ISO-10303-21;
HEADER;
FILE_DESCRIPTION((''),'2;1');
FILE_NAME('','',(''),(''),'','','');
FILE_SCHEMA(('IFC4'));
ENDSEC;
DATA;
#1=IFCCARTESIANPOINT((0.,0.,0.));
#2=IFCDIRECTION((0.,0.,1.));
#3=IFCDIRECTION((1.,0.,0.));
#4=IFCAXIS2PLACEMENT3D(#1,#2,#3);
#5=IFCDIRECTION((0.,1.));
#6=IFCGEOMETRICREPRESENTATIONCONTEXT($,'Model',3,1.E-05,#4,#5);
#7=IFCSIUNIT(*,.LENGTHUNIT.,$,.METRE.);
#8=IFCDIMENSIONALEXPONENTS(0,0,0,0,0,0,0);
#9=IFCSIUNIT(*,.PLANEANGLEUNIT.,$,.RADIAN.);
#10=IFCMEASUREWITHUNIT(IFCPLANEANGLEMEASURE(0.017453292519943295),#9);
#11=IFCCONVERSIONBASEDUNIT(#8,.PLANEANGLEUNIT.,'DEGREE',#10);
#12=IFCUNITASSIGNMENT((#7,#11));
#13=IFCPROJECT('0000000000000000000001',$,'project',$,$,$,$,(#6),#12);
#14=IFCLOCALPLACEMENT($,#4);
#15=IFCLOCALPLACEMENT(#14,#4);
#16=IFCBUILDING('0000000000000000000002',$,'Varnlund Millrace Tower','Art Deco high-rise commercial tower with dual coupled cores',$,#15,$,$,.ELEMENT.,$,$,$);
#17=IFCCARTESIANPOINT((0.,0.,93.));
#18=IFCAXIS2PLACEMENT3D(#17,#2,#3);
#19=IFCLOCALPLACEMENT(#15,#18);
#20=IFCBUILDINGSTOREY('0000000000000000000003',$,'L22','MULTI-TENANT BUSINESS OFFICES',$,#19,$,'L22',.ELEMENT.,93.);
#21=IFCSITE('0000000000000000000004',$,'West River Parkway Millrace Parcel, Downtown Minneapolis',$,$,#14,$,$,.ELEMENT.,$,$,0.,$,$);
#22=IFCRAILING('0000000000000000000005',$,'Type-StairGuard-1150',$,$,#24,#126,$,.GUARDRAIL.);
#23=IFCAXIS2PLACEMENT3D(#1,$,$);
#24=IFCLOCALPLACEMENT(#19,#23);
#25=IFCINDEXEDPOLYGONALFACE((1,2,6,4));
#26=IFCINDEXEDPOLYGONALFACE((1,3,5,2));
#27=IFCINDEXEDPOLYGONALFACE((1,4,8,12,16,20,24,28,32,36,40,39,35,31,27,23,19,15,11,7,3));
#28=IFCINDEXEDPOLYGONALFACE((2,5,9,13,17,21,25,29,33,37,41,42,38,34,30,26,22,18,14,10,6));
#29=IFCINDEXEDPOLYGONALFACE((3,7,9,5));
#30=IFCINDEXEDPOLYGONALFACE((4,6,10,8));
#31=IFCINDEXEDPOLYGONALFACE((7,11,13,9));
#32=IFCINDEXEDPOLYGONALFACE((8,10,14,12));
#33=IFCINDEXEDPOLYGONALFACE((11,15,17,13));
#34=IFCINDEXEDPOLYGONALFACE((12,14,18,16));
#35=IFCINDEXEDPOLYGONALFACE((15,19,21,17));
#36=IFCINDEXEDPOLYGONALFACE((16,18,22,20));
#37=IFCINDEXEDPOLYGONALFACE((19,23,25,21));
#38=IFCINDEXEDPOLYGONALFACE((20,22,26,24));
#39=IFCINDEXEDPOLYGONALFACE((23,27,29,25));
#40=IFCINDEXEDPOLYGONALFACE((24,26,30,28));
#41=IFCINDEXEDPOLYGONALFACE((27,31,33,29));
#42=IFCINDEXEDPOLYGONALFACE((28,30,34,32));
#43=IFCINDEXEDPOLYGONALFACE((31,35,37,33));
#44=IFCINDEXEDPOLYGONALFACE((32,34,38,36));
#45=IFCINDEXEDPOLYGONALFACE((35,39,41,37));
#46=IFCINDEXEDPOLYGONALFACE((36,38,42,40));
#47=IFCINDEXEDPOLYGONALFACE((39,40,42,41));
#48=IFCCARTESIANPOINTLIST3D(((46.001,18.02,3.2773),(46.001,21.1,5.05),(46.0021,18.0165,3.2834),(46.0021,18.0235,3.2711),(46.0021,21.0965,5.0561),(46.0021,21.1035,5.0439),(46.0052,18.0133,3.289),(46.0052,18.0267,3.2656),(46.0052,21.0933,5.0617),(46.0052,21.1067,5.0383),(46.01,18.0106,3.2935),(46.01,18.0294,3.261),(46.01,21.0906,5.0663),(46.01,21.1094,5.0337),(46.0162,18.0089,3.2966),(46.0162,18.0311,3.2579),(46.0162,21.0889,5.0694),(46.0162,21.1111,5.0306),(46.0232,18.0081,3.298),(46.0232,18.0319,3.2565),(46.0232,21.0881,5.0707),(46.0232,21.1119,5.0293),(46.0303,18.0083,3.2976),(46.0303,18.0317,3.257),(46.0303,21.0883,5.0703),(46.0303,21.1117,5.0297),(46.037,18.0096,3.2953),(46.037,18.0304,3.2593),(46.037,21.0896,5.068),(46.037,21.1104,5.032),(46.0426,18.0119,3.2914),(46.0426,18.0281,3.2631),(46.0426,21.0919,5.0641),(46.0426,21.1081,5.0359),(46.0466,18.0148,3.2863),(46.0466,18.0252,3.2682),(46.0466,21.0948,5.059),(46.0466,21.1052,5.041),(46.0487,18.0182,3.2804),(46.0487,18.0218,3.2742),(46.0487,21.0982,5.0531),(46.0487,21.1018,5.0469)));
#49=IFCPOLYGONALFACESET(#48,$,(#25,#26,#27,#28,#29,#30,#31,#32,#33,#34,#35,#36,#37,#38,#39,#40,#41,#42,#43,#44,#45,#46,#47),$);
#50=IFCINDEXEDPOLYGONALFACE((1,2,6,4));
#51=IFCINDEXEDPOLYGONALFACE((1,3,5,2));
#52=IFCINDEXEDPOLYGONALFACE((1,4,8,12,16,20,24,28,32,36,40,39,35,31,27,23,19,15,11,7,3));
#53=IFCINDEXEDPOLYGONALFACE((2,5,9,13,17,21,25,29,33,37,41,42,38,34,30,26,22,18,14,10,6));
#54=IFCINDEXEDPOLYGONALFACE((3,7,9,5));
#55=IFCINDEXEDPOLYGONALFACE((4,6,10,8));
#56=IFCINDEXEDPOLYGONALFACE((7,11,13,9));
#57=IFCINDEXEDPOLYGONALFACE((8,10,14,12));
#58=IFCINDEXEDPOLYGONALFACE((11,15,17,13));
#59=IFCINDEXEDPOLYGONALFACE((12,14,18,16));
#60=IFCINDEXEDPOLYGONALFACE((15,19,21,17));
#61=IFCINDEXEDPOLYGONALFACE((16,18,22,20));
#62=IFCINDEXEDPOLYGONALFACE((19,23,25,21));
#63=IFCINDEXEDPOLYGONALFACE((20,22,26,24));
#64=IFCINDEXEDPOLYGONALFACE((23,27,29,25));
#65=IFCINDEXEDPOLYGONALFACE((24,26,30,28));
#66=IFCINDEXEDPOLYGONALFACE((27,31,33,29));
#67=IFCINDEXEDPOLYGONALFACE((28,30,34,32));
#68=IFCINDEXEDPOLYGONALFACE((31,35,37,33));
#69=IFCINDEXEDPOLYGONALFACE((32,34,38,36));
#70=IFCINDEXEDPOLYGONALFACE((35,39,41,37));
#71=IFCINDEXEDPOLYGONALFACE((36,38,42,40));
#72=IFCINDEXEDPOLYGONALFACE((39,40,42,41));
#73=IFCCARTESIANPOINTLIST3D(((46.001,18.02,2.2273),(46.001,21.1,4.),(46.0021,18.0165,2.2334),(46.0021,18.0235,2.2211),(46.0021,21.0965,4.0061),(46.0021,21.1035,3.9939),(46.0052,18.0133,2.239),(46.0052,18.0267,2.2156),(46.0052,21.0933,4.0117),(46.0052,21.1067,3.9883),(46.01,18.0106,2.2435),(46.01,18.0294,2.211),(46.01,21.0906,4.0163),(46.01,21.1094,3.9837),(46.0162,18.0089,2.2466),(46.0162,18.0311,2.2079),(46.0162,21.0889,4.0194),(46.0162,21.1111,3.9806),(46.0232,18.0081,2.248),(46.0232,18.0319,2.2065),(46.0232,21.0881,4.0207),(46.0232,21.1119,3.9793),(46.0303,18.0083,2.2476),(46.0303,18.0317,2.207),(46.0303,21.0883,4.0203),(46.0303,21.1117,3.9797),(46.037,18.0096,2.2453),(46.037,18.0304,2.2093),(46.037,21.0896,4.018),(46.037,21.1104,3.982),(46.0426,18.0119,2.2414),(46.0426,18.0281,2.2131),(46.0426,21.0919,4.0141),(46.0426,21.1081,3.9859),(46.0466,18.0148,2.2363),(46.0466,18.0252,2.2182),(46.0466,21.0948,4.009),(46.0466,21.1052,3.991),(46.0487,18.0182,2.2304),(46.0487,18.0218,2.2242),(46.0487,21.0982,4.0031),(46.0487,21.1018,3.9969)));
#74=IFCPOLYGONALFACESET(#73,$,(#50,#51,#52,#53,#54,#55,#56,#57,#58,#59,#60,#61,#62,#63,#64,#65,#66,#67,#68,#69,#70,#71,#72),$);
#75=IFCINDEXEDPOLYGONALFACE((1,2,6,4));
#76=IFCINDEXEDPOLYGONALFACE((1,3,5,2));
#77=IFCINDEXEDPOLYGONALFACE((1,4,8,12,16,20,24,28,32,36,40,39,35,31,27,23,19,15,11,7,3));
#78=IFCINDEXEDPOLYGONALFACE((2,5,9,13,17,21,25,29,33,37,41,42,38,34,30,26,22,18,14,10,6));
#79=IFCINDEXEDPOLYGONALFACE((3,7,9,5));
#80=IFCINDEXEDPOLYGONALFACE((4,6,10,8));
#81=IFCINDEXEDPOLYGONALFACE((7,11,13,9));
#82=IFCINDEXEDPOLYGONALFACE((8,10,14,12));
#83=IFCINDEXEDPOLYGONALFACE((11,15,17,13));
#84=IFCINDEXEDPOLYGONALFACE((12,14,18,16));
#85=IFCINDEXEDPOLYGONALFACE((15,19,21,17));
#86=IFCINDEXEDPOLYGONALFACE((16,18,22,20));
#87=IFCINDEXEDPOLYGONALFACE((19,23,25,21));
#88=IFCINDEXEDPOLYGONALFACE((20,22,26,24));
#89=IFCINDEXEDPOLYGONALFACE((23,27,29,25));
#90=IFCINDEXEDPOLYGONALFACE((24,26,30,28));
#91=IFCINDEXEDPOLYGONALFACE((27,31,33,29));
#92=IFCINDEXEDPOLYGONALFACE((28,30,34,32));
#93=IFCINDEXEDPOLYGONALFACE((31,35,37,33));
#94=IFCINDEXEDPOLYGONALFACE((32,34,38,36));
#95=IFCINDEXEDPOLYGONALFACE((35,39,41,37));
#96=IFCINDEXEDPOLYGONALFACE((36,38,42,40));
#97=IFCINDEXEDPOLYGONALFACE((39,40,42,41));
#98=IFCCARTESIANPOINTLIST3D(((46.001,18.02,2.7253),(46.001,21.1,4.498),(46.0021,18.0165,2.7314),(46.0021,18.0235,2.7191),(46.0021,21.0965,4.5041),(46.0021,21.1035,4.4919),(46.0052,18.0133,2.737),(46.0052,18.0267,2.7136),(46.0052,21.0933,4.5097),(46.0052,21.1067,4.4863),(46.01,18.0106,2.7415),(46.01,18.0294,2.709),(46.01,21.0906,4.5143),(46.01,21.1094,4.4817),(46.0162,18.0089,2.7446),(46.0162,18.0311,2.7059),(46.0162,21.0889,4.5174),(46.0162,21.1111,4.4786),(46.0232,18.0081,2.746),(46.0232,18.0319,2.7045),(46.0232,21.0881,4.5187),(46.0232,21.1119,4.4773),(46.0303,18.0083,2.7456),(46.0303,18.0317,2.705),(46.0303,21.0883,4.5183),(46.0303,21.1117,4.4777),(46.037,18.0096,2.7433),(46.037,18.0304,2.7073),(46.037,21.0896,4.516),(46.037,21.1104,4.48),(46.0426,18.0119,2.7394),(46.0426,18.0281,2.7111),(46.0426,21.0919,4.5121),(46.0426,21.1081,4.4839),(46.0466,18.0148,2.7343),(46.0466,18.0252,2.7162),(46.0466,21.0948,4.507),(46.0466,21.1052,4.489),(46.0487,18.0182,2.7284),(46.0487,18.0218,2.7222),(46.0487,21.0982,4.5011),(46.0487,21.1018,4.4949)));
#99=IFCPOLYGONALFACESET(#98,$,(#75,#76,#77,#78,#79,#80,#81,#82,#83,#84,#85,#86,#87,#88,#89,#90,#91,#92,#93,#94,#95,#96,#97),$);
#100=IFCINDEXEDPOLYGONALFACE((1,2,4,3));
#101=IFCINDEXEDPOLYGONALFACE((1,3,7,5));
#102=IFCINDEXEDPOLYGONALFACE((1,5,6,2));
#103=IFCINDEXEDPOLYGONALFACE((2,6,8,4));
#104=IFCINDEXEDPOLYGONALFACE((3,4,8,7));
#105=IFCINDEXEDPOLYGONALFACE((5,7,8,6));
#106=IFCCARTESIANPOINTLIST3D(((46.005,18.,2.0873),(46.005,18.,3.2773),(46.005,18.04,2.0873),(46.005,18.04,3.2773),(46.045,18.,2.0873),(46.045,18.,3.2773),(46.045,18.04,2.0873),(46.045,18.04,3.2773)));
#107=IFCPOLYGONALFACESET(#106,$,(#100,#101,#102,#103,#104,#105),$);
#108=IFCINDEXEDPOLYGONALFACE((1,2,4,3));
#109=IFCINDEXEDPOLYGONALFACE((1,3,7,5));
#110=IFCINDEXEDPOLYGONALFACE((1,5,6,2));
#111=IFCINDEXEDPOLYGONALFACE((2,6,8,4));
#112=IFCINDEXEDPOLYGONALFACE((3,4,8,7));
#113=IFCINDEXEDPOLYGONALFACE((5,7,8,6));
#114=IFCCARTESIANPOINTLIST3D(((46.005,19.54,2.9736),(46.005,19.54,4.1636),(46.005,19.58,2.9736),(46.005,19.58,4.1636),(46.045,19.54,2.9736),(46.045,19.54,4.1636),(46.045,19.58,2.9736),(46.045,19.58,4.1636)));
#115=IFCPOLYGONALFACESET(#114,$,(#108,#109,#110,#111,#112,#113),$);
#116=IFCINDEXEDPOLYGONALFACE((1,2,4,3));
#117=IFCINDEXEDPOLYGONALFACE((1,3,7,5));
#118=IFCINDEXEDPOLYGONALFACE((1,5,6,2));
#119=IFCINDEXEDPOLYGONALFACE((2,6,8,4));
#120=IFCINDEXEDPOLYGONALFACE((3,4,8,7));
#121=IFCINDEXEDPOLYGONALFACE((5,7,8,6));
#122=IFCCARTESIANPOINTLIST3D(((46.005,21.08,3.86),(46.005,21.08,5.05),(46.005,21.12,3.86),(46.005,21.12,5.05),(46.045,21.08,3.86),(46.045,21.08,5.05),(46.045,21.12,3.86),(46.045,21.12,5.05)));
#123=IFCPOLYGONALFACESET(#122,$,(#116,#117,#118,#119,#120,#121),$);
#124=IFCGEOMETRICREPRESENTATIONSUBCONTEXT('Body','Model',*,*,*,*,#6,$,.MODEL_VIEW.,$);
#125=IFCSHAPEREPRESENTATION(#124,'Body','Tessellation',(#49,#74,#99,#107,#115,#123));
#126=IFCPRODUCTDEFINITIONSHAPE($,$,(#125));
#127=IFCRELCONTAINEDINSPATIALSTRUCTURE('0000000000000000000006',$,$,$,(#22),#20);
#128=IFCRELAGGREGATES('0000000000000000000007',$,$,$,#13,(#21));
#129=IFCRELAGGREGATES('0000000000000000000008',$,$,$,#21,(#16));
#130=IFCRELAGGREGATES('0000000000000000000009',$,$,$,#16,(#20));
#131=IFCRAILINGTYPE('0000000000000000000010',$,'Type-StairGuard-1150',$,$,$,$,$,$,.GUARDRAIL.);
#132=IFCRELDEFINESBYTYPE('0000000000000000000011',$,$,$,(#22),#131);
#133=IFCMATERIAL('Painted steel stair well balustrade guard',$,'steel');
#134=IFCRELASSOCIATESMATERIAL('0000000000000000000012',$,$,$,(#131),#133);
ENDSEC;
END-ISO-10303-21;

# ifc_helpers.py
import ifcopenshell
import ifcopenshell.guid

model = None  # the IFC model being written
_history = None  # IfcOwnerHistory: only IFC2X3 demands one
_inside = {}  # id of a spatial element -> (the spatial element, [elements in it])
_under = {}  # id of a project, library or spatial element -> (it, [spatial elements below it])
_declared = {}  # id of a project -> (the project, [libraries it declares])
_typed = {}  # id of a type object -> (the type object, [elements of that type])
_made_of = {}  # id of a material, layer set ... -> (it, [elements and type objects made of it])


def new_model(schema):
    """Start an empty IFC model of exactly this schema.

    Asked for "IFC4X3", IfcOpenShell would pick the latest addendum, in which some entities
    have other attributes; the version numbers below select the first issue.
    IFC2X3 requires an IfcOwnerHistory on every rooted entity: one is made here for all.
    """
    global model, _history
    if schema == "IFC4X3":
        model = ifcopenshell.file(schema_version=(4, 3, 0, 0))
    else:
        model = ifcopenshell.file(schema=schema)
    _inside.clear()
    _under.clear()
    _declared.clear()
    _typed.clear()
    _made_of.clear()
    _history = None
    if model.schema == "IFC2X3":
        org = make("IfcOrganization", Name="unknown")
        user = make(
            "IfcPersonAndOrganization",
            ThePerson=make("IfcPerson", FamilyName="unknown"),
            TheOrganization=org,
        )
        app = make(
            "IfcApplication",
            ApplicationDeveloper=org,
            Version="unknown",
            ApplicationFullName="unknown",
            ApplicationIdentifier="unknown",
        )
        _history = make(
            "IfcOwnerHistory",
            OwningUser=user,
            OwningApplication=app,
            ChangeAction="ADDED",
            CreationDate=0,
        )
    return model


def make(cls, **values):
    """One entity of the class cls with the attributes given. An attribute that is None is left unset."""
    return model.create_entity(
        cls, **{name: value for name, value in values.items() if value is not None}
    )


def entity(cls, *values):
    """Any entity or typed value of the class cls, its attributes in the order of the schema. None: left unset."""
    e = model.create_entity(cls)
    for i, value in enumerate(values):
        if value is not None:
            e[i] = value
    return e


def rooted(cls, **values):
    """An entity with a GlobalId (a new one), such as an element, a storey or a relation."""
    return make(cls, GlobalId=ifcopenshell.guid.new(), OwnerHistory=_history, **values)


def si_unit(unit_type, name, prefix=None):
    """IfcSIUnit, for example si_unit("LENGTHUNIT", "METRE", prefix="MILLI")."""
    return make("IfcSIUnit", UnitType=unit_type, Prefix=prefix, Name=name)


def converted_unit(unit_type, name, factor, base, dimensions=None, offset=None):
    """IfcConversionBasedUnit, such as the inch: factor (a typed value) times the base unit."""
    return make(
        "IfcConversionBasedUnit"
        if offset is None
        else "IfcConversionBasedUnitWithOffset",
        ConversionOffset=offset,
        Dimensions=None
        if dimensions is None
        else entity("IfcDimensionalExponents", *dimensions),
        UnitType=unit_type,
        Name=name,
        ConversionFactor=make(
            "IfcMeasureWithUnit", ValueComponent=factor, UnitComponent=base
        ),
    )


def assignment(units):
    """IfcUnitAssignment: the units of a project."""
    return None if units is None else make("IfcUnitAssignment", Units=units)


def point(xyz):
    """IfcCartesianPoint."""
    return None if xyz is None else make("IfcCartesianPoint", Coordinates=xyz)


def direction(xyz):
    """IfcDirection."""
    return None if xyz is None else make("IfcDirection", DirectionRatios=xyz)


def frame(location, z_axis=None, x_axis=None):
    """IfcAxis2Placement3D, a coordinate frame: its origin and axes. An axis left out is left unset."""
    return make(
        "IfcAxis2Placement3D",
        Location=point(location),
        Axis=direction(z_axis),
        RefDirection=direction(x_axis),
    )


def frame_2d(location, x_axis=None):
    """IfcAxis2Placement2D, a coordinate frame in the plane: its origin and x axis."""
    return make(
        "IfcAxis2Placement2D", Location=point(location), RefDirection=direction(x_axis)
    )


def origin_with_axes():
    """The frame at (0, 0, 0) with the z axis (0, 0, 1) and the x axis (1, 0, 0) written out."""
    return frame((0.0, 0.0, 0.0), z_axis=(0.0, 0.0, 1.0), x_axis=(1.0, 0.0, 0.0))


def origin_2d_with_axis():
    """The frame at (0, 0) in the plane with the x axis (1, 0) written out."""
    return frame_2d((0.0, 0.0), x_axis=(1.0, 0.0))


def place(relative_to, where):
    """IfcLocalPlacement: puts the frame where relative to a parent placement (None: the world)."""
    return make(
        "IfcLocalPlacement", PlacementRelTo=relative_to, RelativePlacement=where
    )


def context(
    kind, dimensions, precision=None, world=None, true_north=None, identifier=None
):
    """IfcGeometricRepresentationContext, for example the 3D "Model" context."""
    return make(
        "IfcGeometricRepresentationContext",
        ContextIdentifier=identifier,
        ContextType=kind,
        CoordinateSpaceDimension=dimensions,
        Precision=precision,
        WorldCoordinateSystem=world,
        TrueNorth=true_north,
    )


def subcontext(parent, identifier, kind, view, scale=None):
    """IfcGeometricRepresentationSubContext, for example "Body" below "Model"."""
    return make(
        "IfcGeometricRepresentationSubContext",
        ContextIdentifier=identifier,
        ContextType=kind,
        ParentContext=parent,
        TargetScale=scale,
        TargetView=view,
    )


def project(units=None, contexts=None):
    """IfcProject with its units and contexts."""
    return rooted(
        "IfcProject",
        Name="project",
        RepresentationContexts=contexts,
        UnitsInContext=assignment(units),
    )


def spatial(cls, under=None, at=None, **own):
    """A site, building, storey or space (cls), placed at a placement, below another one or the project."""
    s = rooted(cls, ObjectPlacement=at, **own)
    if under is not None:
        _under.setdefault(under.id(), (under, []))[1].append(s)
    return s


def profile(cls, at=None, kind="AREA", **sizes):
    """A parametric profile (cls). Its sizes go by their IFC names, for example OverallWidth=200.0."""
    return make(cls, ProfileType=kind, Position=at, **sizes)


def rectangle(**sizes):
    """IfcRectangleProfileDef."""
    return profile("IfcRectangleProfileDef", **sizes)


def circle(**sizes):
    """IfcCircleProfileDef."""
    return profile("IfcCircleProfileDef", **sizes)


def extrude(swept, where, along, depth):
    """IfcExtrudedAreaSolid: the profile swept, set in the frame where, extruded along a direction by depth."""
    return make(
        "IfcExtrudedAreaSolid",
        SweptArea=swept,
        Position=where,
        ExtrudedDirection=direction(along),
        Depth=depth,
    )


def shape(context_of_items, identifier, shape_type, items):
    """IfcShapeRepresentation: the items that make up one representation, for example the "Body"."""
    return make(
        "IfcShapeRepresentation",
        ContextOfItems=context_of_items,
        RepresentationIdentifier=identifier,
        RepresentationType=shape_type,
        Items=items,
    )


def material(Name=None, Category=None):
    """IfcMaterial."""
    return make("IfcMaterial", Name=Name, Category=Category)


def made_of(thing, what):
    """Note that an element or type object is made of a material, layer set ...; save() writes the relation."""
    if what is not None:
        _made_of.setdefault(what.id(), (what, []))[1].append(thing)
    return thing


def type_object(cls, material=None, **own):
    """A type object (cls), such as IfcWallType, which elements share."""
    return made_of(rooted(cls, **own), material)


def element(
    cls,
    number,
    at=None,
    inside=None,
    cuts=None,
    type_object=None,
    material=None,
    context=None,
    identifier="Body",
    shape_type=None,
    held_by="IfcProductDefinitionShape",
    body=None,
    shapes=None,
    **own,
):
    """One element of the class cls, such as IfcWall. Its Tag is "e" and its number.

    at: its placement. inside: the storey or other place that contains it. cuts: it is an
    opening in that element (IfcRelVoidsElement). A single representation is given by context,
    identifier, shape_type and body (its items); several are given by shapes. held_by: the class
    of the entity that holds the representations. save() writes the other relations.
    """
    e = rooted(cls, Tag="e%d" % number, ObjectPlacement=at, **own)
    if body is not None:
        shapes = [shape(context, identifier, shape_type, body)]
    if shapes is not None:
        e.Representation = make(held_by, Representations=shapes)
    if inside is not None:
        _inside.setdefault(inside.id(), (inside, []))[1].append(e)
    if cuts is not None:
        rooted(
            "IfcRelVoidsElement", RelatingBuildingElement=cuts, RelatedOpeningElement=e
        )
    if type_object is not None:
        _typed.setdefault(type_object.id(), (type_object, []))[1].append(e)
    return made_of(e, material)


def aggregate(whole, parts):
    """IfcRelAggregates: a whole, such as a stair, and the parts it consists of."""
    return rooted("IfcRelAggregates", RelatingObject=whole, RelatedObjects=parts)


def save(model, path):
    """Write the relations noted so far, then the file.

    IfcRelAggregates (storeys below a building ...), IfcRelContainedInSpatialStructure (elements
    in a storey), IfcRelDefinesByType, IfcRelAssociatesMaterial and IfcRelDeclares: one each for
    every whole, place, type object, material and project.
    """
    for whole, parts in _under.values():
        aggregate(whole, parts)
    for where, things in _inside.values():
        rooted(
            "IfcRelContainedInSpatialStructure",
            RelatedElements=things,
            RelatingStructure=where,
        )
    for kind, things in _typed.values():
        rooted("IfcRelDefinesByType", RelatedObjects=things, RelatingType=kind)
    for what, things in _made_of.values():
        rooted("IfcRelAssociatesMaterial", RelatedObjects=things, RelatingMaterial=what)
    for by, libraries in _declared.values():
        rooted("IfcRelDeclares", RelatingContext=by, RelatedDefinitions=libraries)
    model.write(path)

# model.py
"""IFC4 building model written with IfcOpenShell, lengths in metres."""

from ifc_helpers import new_model, entity, si_unit, converted_unit, direction, frame, origin_with_axes, origin_2d_with_axis, place, context, subcontext, project, spatial, rectangle, circle, extrude, material, type_object, element, save


model = new_model("IFC4")

# Units and contexts
model_context = context("Model", 3, precision=1e-05, world=origin_with_axes(), true_north=direction((0.0, 1.0)))
body_context = subcontext(model_context, "Body", "Model", "MODEL_VIEW")
ifc_project = project(units=[si_unit("LENGTHUNIT", "METRE"), converted_unit("PLANEANGLEUNIT", "DEGREE", entity("IfcPlaneAngleMeasure", 0.017453292519943295), si_unit("PLANEANGLEUNIT", "RADIAN"), dimensions=[0, 0, 0, 0, 0, 0, 0])], contexts=[model_context])

# Site, building, storey
site_placement = place(None, origin_with_axes())
site = spatial("IfcSite", under=ifc_project, at=site_placement, Name="West River Parkway Millrace Parcel, Downtown Minneapolis", CompositionType="ELEMENT", RefElevation=0.0)
building_placement = place(site_placement, origin_with_axes())
building = spatial("IfcBuilding", under=site, at=building_placement, Name="Varnlund Millrace Tower", Description="Art Deco high-rise commercial tower with dual coupled cores", CompositionType="ELEMENT")
storey_placement = place(building_placement, frame((0.0, 0.0, 93.0), z_axis=(0.0, 0.0, 1.0), x_axis=(1.0, 0.0, 0.0)))
storey = spatial("IfcBuildingStorey", under=building, at=storey_placement, Name="L22", Description="MULTI-TENANT BUSINESS OFFICES", LongName="L22", CompositionType="ELEMENT", Elevation=93.0)

# Railing
ifc_material_1 = material(Name="Painted steel stair well balustrade guard", Category="steel")
railing_type_1 = type_object("IfcRailingType", Name="Type-StairGuard-1150", PredefinedType="GUARDRAIL", material=ifc_material_1)
railing_1_placement = place(storey_placement, frame((0.0, 0.0, -93.0), z_axis=(0.0, 0.0, 1.0), x_axis=(1.0, 0.0, 0.0)))
element("IfcRailing", 1, at=railing_1_placement, inside=storey, type_object=railing_type_1, Name="Type-StairGuard-1150", PredefinedType="GUARDRAIL", context=body_context, shape_type="SweptSolid", body=[
    extrude(circle(Radius=0.024, at=origin_2d_with_axis()), frame((46.025, 18.02, 96.2773), z_axis=(0.0, 0.866696, 0.498836), x_axis=(-1.0, 0.0, 0.0)), (0.0, 0.0, 1.0), 3.5537),
    extrude(circle(Radius=0.024, at=origin_2d_with_axis()), frame((46.025, 18.02, 95.2273), z_axis=(0.0, 0.866696, 0.498836), x_axis=(-1.0, 0.0, 0.0)), (0.0, 0.0, 1.0), 3.5537),
    extrude(circle(Radius=0.024, at=origin_2d_with_axis()), frame((46.025, 18.02, 95.7253), z_axis=(0.0, 0.866696, 0.498836), x_axis=(-1.0, 0.0, 0.0)), (0.0, 0.0, 1.0), 3.5537),
    extrude(rectangle(XDim=0.04, YDim=0.04, at=origin_2d_with_axis()), frame((46.025, 18.02, 95.0873), z_axis=(0.0, 0.0, 1.0), x_axis=(1.0, 0.0, 0.0)), (0.0, 0.0, 1.0), 1.19),
    extrude(rectangle(XDim=0.04, YDim=0.04, at=origin_2d_with_axis()), frame((46.025, 19.56, 95.9736), z_axis=(0.0, 0.0, 1.0), x_axis=(1.0, 0.0, 0.0)), (0.0, 0.0, 1.0), 1.19),
    extrude(rectangle(XDim=0.04, YDim=0.04, at=origin_2d_with_axis()), frame((46.025, 21.1, 96.86), z_axis=(0.0, 0.0, 1.0), x_axis=(1.0, 0.0, 0.0)), (0.0, 0.0, 1.0), 1.19),
])

save(model, "model.ifc")
